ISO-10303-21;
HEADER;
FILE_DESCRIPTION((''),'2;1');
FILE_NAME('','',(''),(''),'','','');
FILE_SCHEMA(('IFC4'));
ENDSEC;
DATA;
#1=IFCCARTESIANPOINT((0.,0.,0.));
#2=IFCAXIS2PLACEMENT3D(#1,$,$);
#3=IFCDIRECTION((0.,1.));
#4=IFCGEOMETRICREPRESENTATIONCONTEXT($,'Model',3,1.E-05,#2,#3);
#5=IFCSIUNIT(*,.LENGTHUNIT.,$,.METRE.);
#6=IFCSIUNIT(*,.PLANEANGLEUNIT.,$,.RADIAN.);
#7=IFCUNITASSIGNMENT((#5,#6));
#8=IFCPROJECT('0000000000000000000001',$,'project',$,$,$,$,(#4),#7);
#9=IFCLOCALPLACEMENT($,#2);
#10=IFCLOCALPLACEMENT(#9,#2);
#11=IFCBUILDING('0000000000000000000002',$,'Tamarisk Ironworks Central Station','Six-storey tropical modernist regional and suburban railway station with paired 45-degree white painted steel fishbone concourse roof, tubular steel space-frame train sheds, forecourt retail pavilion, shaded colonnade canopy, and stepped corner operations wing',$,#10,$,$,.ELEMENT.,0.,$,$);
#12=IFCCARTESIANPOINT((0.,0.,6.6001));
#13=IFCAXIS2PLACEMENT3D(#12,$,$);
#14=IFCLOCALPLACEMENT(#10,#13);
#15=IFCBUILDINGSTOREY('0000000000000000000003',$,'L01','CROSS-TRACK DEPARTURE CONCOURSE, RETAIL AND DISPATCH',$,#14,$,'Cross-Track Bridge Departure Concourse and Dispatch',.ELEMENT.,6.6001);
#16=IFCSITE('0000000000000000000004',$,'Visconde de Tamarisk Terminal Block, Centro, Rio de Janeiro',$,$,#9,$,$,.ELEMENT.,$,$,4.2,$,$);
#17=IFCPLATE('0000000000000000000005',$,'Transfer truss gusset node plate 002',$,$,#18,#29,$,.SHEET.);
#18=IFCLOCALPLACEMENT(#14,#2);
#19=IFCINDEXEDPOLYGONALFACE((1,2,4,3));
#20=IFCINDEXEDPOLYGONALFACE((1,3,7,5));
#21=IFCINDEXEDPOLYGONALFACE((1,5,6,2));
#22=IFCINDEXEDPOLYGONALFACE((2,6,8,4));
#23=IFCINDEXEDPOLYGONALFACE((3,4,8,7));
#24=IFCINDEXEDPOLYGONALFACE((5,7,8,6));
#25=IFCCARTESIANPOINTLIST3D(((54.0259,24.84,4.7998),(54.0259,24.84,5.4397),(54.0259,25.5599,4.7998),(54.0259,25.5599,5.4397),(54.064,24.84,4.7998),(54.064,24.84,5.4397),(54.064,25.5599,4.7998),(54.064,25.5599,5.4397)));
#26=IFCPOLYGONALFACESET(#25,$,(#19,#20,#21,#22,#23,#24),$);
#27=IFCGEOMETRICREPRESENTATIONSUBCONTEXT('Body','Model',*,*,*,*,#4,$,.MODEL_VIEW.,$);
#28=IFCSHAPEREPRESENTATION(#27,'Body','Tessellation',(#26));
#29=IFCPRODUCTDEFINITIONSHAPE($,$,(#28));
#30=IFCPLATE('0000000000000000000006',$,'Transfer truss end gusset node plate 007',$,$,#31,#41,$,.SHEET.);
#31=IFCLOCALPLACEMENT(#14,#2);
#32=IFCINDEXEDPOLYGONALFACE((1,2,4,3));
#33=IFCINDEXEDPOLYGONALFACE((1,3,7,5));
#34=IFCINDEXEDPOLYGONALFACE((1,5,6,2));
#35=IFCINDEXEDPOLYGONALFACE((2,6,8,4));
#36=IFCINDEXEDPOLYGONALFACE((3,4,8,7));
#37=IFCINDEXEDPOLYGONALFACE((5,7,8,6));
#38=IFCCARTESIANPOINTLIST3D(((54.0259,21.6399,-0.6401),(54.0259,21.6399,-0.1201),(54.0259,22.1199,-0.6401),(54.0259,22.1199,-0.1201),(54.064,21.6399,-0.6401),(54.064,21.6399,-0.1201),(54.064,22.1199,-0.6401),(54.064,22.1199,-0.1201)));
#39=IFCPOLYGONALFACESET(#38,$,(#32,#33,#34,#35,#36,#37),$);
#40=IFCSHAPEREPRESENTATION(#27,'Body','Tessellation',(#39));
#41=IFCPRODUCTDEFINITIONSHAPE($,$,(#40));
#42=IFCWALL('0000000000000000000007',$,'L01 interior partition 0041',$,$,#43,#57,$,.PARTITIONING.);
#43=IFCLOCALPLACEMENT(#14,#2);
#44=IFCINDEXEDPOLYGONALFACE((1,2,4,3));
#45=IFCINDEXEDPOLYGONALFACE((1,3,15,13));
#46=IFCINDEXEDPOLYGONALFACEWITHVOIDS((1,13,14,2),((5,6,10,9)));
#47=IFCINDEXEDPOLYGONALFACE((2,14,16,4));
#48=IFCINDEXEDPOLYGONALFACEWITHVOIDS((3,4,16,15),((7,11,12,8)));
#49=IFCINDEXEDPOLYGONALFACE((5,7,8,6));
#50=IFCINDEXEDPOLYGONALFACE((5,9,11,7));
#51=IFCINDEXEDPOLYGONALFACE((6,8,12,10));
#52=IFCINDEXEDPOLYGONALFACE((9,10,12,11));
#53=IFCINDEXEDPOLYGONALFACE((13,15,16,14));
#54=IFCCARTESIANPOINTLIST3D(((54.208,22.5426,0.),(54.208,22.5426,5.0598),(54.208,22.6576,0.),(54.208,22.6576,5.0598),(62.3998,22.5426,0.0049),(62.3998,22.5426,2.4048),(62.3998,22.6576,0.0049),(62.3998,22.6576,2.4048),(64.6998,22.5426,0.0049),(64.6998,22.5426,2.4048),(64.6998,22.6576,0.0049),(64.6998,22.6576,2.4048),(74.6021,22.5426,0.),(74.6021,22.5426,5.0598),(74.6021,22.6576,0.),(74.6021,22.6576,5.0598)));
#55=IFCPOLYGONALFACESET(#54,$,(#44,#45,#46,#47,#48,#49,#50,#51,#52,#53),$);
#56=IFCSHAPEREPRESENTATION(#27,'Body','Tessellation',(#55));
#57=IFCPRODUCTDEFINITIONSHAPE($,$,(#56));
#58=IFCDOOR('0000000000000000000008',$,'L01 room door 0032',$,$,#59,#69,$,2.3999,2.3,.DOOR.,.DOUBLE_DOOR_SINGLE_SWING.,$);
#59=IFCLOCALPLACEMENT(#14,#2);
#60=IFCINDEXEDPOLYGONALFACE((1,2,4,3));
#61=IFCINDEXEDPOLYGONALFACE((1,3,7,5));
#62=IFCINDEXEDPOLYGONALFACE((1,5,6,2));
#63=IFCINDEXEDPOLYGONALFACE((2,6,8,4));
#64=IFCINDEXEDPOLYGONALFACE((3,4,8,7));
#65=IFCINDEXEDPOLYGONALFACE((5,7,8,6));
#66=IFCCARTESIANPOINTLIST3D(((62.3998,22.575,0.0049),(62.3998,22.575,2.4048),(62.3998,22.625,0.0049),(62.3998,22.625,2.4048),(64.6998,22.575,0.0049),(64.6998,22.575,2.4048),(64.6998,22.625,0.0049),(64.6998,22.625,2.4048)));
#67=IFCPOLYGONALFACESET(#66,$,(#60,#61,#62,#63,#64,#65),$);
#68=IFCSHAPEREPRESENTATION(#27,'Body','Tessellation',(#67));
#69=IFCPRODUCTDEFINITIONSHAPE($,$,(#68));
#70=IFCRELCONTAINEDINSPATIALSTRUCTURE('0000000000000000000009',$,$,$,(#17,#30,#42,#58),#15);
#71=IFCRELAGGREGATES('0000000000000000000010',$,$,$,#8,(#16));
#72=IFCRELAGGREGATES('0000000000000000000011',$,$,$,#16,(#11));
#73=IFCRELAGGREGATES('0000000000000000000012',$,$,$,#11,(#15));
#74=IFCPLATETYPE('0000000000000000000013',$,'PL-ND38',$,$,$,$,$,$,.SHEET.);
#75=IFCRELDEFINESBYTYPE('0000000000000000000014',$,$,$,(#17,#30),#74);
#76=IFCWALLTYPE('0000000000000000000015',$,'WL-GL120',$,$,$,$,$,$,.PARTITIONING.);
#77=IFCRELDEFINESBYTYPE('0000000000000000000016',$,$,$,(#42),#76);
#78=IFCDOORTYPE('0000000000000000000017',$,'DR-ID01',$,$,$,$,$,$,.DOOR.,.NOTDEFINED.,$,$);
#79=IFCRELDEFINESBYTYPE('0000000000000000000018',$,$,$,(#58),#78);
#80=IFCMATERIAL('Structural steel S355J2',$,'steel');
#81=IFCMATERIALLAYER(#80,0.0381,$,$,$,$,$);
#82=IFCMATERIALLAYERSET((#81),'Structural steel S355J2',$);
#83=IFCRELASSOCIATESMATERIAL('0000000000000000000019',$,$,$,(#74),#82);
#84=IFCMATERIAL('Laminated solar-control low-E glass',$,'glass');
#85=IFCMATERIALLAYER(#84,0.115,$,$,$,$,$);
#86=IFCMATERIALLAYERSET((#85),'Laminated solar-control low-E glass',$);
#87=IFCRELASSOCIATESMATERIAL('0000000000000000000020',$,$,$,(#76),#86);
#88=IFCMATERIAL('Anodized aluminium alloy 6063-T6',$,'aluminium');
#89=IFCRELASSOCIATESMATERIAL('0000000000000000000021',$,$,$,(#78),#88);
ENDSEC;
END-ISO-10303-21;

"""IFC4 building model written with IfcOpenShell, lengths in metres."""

from ifc_helpers import new_model, si_unit, direction, frame, frame_2d, origin, origin_2d, place, context, subcontext, project, spatial, rectangle, extrude, material, layer, layer_set, type_object, element, fill, save


model = new_model("IFC4")

# Units and contexts
model_context = context("Model", 3, precision=1e-05, world=origin(), true_north=direction((0.0, 1.0)))
body_context = subcontext(model_context, "Body", "Model", "MODEL_VIEW")
ifc_project = project(units=[si_unit("LENGTHUNIT", "METRE"), si_unit("PLANEANGLEUNIT", "RADIAN")], contexts=[model_context])

# Site, building, storey
site_placement = place(None, origin())
site = spatial("IfcSite", under=ifc_project, at=site_placement, Name="Visconde de Tamarisk Terminal Block, Centro, Rio de Janeiro", CompositionType="ELEMENT", RefElevation=4.2)
building_placement = place(site_placement, origin())
building = spatial("IfcBuilding", under=site, at=building_placement, Name="Tamarisk Ironworks Central Station", Description="Six-storey tropical modernist regional and suburban railway station with paired 45-degree white painted steel fishbone concourse roof, tubular steel space-frame train sheds, forecourt retail pavilion, shaded colonnade canopy, and stepped corner operations wing", CompositionType="ELEMENT", ElevationOfRefHeight=0.0)
storey_placement = place(building_placement, frame((0.0, 0.0, 6.6001)))
storey = spatial("IfcBuildingStorey", under=building, at=storey_placement, Name="L01", Description="CROSS-TRACK DEPARTURE CONCOURSE, RETAIL AND DISPATCH", LongName="Cross-Track Bridge Departure Concourse and Dispatch", CompositionType="ELEMENT", Elevation=6.6001)

# Shared definitions
ifc_material_1 = material(Name="Structural steel S355J2", Category="steel")

# Shared definitions
ifc_material_2 = material(Name="Anodized aluminium alloy 6063-T6", Category="aluminium")

# Shared definitions
ifc_material_3 = material(Name="Laminated solar-control low-E glass", Category="glass")

# Plates
ifc_layer_1 = layer(ifc_material_1, 0.0381)
ifc_layer_set_1 = layer_set([ifc_layer_1], Name="Structural steel S355J2")
plate_type_1 = type_object("IfcPlateType", Name="PL-ND38", PredefinedType="SHEET", material=ifc_layer_set_1)
for number, where, z_axis, x_axis, name in (
    (1, (54.0449, 25.2, 4.7998), (0.0, 0.0, 1.0), (1.0, 0.0, 0.0), "Transfer truss gusset node plate 002"),
):
    element("IfcPlate", number, at=place(storey_placement, frame(where, z_axis=z_axis, x_axis=x_axis)), inside=storey, type_object=plate_type_1, Name=name, PredefinedType="SHEET", context=body_context, shape_type="SweptSolid", body=[
        extrude(rectangle(XDim=0.0381, YDim=0.72, at=origin_2d()), origin(), (0.0, 0.0, 1.0), 0.6399),
    ])
plate_1_placement = place(storey_placement, frame((54.0449, 21.8799, -0.6401), z_axis=(0.0, 0.0, 1.0), x_axis=(1.0, 0.0, 0.0)))
element("IfcPlate", 2, at=plate_1_placement, inside=storey, type_object=plate_type_1, Name="Transfer truss end gusset node plate 007", PredefinedType="SHEET", context=body_context, shape_type="SweptSolid", body=[
    extrude(rectangle(XDim=0.0381, YDim=0.48, at=origin_2d()), origin(), (0.0, 0.0, 1.0), 0.52),
])

# Wall, opening, door
ifc_layer_2 = layer(ifc_material_3, 0.115)
ifc_layer_set_2 = layer_set([ifc_layer_2], Name="Laminated solar-control low-E glass")
wall_type = type_object("IfcWallType", Name="WL-GL120", PredefinedType="PARTITIONING", material=ifc_layer_set_2)
wall_placement = place(storey_placement, frame((54.208, 22.6001, 0.0), z_axis=(0.0, 0.0, 1.0), x_axis=(1.0, 0.0, 0.0)))
wall = element("IfcWall", 3, at=wall_placement, inside=storey, type_object=wall_type, Name="L01 interior partition 0041", PredefinedType="PARTITIONING", context=body_context, shape_type="SweptSolid", body=[
    extrude(rectangle(XDim=20.394, YDim=0.115, at=frame_2d((10.197, 0.0))), origin(), (0.0, 0.0, 1.0), 5.0598),
])
opening_placement = place(wall_placement, frame((8.1919, 0.0, 0.0049)))
opening = element("IfcOpeningElement", 4, at=opening_placement, cuts=wall, PredefinedType="OPENING", context=body_context, shape_type="SweptSolid", body=[
    extrude(rectangle(XDim=2.3, YDim=2.3999, at=frame_2d((1.1499, 1.2))), frame((0.0, 0.0693, 0.0), z_axis=(0.0, -1.0, 0.0), x_axis=(1.0, 0.0, 0.0)), (0.0, 0.0, 1.0), 0.1389),
])
door_type = type_object("IfcDoorType", Name="DR-ID01", OperationType="NOTDEFINED", PredefinedType="DOOR", material=ifc_material_2)
door_placement = place(opening_placement, origin())
door = element("IfcDoor", 5, at=door_placement, inside=storey, type_object=door_type, Name="L01 room door 0032", OperationType="DOUBLE_DOOR_SINGLE_SWING", OverallHeight=2.3999, OverallWidth=2.3, PredefinedType="DOOR", context=body_context, shape_type="SweptSolid", body=[
    extrude(rectangle(XDim=2.3, YDim=2.3999, at=frame_2d((1.1499, 1.2))), frame((0.0, 0.0249, 0.0), z_axis=(0.0, -1.0, 0.0), x_axis=(1.0, 0.0, 0.0)), (0.0, 0.0, 1.0), 0.05),
])
fill(opening, door)

save(model, "model.ifc")
